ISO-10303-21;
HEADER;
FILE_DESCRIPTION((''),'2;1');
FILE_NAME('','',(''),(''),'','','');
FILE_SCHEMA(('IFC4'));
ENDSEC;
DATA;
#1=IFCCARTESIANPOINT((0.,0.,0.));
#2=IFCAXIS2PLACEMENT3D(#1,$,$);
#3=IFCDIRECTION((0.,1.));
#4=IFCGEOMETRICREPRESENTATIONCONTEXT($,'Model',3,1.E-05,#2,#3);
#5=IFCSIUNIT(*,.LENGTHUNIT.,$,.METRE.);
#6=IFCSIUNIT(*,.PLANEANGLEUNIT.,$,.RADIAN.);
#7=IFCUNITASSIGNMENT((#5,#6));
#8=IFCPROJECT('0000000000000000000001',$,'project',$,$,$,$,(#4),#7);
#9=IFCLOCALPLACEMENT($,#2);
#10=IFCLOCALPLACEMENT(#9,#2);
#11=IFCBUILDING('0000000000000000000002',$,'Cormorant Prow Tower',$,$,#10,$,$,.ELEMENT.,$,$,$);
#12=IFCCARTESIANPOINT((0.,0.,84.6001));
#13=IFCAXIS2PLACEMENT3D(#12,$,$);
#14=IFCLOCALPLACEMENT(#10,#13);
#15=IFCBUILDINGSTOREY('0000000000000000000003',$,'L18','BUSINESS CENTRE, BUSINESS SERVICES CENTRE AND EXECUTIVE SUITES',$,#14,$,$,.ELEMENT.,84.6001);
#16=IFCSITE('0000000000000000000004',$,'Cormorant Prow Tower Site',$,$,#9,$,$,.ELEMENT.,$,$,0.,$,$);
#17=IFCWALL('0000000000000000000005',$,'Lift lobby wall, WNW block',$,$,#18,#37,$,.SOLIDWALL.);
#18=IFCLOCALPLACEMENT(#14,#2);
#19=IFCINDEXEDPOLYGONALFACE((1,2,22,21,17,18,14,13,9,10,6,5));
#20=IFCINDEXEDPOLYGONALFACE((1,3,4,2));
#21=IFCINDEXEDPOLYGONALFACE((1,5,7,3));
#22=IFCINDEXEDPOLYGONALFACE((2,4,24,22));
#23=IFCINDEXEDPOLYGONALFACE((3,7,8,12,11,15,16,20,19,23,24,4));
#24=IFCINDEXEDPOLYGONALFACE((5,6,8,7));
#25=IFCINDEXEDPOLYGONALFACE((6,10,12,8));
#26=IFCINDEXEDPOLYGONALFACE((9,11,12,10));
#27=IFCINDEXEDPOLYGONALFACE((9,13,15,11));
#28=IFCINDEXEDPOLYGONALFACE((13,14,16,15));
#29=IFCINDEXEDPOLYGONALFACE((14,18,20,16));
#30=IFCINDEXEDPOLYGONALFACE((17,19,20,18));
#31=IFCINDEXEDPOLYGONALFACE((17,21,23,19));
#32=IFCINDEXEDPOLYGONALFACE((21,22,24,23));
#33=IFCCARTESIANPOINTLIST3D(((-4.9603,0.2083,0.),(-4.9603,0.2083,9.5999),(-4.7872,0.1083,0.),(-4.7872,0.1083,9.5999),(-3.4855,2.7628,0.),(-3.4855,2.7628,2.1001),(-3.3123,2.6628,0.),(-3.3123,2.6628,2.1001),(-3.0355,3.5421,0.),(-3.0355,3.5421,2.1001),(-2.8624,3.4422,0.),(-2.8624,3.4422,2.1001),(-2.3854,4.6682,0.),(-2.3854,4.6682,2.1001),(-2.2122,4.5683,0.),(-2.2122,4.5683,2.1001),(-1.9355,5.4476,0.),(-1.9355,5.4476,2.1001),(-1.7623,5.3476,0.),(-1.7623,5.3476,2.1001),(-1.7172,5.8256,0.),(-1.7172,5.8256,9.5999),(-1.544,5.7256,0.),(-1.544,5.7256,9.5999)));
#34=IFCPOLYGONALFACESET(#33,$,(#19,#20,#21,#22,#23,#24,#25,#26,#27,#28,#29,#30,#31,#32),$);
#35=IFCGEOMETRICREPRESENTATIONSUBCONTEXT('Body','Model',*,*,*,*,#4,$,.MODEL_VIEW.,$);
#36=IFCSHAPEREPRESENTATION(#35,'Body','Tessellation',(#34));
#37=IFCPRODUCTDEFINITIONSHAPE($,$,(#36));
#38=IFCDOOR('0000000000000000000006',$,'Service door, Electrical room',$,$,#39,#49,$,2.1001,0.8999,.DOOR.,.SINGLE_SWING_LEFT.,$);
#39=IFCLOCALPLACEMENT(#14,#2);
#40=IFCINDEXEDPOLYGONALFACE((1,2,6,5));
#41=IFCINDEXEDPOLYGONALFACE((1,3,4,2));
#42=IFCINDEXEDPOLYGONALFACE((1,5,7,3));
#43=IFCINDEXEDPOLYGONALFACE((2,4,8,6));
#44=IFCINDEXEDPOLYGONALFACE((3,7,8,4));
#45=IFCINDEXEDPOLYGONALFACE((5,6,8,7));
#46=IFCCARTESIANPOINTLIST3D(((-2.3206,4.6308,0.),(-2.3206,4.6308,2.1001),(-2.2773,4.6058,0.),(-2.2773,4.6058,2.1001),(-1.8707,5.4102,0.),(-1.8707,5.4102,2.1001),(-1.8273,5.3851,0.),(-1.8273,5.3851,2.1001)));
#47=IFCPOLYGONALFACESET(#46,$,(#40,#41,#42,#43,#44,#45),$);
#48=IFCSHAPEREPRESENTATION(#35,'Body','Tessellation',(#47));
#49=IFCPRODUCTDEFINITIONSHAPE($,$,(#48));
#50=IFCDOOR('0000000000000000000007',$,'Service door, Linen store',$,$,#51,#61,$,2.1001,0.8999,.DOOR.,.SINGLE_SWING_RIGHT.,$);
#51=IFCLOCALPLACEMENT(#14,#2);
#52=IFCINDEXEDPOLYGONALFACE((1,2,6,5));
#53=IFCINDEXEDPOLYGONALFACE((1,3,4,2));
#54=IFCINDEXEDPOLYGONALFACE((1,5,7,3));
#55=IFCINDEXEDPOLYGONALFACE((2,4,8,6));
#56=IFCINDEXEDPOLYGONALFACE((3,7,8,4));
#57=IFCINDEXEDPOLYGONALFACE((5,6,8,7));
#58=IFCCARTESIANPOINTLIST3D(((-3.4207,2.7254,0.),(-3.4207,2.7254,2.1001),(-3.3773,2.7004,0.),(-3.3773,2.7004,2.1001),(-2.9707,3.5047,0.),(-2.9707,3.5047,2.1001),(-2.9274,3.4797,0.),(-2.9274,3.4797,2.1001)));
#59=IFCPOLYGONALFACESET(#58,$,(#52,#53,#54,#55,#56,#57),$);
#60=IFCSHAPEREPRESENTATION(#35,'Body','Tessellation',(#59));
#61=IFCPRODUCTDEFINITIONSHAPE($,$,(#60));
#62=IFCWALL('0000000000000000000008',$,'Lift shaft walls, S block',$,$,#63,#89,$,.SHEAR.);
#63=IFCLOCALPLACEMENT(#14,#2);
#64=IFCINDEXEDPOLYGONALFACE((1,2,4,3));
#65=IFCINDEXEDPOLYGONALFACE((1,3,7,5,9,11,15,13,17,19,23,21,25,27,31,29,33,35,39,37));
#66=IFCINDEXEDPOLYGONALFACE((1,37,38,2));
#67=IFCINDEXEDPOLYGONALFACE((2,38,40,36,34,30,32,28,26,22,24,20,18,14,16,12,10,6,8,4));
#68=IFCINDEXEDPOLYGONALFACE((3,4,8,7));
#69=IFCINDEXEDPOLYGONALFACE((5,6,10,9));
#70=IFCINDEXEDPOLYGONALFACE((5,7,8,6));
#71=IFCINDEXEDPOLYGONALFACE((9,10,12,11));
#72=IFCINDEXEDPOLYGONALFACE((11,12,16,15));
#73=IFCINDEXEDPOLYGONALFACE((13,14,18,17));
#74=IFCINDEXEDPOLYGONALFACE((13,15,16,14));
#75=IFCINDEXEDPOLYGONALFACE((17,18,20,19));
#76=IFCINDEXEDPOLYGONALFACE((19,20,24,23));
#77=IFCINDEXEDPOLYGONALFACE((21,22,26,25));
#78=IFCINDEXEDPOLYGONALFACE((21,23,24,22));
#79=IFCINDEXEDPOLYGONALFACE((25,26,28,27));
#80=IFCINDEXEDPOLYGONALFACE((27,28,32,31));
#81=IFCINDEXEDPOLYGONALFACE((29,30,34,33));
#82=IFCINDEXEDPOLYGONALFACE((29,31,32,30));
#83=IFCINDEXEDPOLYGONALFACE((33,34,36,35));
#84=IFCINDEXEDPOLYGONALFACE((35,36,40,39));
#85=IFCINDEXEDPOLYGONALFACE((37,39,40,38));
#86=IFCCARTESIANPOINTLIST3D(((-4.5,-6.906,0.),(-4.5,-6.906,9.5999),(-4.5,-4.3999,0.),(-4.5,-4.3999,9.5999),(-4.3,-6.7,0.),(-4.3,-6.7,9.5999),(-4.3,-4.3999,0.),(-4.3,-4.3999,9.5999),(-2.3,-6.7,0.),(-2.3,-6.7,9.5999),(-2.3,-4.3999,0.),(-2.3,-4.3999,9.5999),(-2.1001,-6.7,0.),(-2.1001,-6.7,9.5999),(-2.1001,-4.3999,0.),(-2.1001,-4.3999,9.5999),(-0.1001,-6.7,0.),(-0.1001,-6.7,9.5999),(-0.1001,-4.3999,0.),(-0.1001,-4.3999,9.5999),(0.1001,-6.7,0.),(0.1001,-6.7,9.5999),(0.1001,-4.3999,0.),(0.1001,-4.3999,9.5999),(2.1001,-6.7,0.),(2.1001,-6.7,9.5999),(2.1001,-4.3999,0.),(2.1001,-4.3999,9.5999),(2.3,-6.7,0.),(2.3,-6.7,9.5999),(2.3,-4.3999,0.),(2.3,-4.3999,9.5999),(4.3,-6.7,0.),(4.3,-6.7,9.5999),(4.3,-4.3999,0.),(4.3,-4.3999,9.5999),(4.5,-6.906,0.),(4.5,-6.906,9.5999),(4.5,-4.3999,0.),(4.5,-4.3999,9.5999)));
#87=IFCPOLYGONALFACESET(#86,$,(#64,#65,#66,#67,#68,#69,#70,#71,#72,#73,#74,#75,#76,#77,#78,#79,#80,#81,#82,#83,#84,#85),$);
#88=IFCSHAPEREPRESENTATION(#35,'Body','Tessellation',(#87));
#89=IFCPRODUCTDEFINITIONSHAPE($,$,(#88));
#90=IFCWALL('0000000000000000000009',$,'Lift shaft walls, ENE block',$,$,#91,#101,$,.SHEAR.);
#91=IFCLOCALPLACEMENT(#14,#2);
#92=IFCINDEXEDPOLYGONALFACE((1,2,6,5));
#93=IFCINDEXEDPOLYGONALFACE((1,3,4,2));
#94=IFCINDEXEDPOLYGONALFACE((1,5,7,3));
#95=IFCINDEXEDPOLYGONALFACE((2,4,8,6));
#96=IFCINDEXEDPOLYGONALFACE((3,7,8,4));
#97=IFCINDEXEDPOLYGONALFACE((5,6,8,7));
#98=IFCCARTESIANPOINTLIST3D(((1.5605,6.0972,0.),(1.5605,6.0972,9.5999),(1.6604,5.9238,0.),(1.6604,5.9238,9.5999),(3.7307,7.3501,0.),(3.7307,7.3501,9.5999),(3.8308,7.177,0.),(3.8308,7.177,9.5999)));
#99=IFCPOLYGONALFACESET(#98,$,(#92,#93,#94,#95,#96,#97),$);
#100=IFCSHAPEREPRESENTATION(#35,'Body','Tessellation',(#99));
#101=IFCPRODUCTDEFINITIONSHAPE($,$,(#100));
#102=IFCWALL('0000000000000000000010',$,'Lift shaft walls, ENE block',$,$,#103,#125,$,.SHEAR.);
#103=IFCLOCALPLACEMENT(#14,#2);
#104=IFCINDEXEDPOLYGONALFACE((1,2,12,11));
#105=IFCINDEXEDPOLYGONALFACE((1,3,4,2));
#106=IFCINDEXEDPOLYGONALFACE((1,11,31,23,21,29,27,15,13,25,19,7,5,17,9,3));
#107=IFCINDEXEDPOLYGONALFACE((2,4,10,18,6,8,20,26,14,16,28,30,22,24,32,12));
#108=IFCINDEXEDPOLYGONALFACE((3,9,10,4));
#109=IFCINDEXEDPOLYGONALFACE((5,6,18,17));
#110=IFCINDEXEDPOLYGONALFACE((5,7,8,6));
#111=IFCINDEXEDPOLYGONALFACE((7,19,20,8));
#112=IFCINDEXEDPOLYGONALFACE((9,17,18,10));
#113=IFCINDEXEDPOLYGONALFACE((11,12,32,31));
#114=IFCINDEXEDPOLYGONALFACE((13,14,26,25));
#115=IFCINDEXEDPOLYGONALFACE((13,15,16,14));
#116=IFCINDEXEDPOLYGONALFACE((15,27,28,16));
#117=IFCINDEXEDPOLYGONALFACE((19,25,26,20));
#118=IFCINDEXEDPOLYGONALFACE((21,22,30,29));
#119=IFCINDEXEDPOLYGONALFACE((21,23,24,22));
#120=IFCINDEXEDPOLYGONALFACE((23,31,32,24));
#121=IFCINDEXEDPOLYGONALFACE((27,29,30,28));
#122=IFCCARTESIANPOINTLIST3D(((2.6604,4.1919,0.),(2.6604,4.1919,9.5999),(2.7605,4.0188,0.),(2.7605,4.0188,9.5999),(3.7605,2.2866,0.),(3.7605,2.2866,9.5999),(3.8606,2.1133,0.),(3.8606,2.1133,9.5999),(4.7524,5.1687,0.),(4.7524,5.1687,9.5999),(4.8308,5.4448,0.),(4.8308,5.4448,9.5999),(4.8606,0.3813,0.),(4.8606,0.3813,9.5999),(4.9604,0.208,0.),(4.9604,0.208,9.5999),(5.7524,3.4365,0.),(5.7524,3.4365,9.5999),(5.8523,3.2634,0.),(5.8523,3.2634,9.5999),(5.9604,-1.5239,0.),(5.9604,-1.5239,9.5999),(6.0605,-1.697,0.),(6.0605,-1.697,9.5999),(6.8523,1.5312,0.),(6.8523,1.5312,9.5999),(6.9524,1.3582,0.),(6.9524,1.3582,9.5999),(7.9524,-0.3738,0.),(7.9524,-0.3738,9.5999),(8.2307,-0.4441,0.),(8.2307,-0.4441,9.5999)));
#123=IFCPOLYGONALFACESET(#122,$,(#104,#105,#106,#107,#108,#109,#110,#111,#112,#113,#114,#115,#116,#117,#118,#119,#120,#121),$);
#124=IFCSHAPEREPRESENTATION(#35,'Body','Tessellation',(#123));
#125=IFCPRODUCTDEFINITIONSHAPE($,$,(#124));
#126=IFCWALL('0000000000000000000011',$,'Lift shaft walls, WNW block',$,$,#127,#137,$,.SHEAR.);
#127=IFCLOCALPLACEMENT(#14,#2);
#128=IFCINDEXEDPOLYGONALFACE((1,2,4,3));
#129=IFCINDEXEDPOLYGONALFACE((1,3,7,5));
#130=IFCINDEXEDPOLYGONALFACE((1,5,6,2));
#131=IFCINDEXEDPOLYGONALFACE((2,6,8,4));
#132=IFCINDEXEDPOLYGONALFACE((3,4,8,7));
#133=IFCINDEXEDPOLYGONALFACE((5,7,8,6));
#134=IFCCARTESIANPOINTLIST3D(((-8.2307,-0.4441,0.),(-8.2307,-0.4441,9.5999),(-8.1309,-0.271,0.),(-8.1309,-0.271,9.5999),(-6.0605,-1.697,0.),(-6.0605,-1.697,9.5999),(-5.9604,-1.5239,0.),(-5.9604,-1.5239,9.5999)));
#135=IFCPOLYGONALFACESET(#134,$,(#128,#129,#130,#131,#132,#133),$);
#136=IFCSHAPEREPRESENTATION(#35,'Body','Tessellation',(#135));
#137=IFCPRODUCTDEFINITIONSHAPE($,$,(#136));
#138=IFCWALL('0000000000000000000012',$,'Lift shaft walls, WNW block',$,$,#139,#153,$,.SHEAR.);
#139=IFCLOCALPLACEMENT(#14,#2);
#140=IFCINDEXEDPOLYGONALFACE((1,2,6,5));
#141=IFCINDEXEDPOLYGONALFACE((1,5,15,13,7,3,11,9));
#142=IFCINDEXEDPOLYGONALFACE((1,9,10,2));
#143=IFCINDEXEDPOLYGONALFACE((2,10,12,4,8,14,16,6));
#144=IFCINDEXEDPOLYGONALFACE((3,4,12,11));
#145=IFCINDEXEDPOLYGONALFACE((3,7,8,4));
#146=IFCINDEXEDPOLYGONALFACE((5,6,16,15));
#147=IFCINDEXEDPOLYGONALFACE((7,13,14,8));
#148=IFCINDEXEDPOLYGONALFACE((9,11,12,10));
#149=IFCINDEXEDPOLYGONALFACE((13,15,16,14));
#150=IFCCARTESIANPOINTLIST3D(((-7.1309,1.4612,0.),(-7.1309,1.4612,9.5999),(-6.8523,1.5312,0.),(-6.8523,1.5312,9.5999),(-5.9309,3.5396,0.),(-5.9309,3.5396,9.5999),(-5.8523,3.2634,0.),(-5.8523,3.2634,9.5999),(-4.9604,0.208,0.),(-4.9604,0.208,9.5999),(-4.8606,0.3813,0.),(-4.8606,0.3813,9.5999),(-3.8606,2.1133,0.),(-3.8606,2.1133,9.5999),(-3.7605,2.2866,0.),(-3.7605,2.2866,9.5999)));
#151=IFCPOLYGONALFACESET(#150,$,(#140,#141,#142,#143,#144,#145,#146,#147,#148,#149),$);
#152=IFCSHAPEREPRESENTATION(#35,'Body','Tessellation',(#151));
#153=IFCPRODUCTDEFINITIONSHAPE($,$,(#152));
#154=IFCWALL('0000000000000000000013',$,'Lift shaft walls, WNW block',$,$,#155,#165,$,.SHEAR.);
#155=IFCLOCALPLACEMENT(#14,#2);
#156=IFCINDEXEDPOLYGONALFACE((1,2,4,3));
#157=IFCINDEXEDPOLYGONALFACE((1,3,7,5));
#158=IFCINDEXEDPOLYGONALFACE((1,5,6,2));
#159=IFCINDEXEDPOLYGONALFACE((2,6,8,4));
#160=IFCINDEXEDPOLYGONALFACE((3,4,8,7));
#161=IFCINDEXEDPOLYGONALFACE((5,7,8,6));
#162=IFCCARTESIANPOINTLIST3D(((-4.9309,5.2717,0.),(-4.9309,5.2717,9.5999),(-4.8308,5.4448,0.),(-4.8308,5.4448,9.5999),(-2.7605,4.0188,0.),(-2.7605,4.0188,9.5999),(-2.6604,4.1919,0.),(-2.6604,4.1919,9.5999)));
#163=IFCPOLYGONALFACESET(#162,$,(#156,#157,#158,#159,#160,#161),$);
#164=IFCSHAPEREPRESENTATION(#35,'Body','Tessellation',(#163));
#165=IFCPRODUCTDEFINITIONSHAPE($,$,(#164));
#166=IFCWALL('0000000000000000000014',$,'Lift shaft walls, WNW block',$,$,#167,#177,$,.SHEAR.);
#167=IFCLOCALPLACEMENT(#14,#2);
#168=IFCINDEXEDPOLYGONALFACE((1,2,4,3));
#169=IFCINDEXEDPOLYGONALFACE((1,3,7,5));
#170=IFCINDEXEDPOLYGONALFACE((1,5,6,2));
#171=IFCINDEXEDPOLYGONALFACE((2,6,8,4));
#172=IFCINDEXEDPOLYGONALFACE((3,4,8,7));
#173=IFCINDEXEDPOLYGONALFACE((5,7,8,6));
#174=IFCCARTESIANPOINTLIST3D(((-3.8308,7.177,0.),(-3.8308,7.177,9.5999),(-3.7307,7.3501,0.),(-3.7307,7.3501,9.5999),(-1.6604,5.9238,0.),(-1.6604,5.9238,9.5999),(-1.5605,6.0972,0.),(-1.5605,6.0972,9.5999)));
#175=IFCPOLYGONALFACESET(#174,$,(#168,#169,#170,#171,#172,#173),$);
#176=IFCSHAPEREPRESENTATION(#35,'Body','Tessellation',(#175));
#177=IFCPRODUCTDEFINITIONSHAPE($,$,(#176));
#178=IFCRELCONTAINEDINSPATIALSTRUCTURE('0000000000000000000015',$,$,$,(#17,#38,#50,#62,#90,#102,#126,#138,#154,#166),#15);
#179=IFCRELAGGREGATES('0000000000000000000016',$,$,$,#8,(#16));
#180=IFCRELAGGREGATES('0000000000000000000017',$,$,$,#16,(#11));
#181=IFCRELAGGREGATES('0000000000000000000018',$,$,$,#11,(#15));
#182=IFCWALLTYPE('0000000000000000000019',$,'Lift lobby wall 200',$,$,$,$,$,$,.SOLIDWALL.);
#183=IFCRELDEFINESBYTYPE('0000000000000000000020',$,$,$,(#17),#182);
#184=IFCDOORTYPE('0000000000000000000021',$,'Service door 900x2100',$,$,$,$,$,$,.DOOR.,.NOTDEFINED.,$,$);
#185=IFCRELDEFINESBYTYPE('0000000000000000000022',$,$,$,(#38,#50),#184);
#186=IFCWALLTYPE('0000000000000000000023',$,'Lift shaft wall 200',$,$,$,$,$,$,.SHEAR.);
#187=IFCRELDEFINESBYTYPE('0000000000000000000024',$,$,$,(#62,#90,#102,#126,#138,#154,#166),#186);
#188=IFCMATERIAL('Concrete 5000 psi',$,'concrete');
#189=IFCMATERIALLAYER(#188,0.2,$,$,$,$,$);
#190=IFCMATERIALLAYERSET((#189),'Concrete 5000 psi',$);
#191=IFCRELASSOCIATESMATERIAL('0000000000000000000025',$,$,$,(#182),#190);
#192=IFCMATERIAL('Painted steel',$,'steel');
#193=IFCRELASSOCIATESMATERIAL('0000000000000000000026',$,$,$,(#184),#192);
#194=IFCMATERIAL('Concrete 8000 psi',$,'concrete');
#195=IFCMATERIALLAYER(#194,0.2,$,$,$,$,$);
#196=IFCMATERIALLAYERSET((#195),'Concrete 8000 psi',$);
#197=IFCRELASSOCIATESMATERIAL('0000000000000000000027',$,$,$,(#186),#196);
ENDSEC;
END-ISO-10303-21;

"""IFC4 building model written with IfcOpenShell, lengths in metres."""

from ifc_helpers import new_model, si_unit, direction, frame, frame_2d, origin, place, context, subcontext, project, spatial, polyline, rectangle, outline, extrude, material, layer, layer_set, type_object, element, fill, save


model = new_model("IFC4")

# Units and contexts
model_context = context("Model", 3, precision=1e-05, world=origin(), true_north=direction((0.0, 1.0)))
body_context = subcontext(model_context, "Body", "Model", "MODEL_VIEW")
ifc_project = project(units=[si_unit("LENGTHUNIT", "METRE"), si_unit("PLANEANGLEUNIT", "RADIAN")], contexts=[model_context])

# Site, building, storey
site_placement = place(None, origin())
site = spatial("IfcSite", under=ifc_project, at=site_placement, Name="Cormorant Prow Tower Site", CompositionType="ELEMENT", RefElevation=0.0)
building_placement = place(site_placement, origin())
building = spatial("IfcBuilding", under=site, at=building_placement, Name="Cormorant Prow Tower", CompositionType="ELEMENT")
storey_placement = place(building_placement, frame((0.0, 0.0, 84.6001)))
storey = spatial("IfcBuildingStorey", under=building, at=storey_placement, Name="L18", Description="BUSINESS CENTRE, BUSINESS SERVICES CENTRE AND EXECUTIVE SUITES", CompositionType="ELEMENT", Elevation=84.6001)

# Wall, openings, doors
ifc_material_1 = material(Name="Concrete 5000 psi", Category="concrete")
ifc_layer_1 = layer(ifc_material_1, 0.2)
ifc_layer_set_1 = layer_set([ifc_layer_1], Name="Concrete 5000 psi")
wall_type_1 = type_object("IfcWallType", Name="Lift lobby wall 200", PredefinedType="SOLIDWALL", material=ifc_layer_set_1)
wall_1_placement = place(storey_placement, frame((-1.6306, 5.7756, 0.0), z_axis=(0.0, 0.0, 1.0), x_axis=(-0.499993, -0.86603, 0.0)))
wall_1 = element("IfcWall", 1, at=wall_1_placement, inside=storey, type_object=wall_type_1, Name="Lift lobby wall, WNW block", PredefinedType="SOLIDWALL", context=body_context, shape_type="SweptSolid", body=[
    extrude(rectangle(XDim=6.4863, YDim=0.2, at=frame_2d((3.2432, 0.0))), origin(), (0.0, 0.0, 1.0), 9.5999),
])
opening_1_placement = place(wall_1_placement, frame((0.4365, 0.0, 0.0)))
opening_1 = element("IfcOpeningElement", 2, at=opening_1_placement, cuts=wall_1, PredefinedType="OPENING", context=body_context, shape_type="SweptSolid", body=[
    extrude(rectangle(XDim=0.8999, YDim=2.1001, at=frame_2d((0.45, 1.05))), frame((0.0, 0.1099, 0.0), z_axis=(0.0, -1.0, 0.0), x_axis=(1.0, 0.0, 0.0)), (0.0, 0.0, 1.0), 0.22),
])
opening_2_placement = place(wall_1_placement, frame((2.6367, 0.0, 0.0)))
opening_2 = element("IfcOpeningElement", 3, at=opening_2_placement, cuts=wall_1, PredefinedType="OPENING", context=body_context, shape_type="SweptSolid", body=[
    extrude(rectangle(XDim=0.8999, YDim=2.1001, at=frame_2d((0.45, 1.05))), frame((0.0, 0.1099, 0.0), z_axis=(0.0, -1.0, 0.0), x_axis=(1.0, 0.0, 0.0)), (0.0, 0.0, 1.0), 0.22),
])
ifc_material_2 = material(Name="Painted steel", Category="steel")
door_type_1 = type_object("IfcDoorType", Name="Service door 900x2100", OperationType="NOTDEFINED", PredefinedType="DOOR", material=ifc_material_2)
door_1_placement = place(opening_1_placement, origin())
door_1 = element("IfcDoor", 4, at=door_1_placement, inside=storey, type_object=door_type_1, Name="Service door, Electrical room", OperationType="SINGLE_SWING_LEFT", OverallHeight=2.1001, OverallWidth=0.8999, PredefinedType="DOOR", context=body_context, shape_type="SweptSolid", body=[
    extrude(rectangle(XDim=0.8999, YDim=2.1001, at=frame_2d((0.45, 1.05))), frame((0.0, 0.0249, 0.0), z_axis=(0.0, -1.0, 0.0), x_axis=(1.0, 0.0, 0.0)), (0.0, 0.0, 1.0), 0.05),
])
fill(opening_1, door_1)
door_2_placement = place(opening_2_placement, origin())
door_2 = element("IfcDoor", 5, at=door_2_placement, inside=storey, type_object=door_type_1, Name="Service door, Linen store", OperationType="SINGLE_SWING_RIGHT", OverallHeight=2.1001, OverallWidth=0.8999, PredefinedType="DOOR", context=body_context, shape_type="SweptSolid", body=[
    extrude(rectangle(XDim=0.8999, YDim=2.1001, at=frame_2d((0.45, 1.05))), frame((0.0, 0.0249, 0.0), z_axis=(0.0, -1.0, 0.0), x_axis=(1.0, 0.0, 0.0)), (0.0, 0.0, 1.0), 0.05),
])
fill(opening_2, door_2)

# Walls
ifc_material_3 = material(Name="Concrete 8000 psi", Category="concrete")
ifc_layer_2 = layer(ifc_material_3, 0.2)
ifc_layer_set_2 = layer_set([ifc_layer_2], Name="Concrete 8000 psi")
wall_type_2 = type_object("IfcWallType", Name="Lift shaft wall 200", PredefinedType="SHEAR", material=ifc_layer_set_2)
wall_2_placement = place(storey_placement, origin())
element("IfcWall", 6, at=wall_2_placement, inside=storey, type_object=wall_type_2, Name="Lift shaft walls, S block", PredefinedType="SHEAR", context=body_context, shape_type="SweptSolid", body=[
    extrude(outline(polyline([(4.5, -4.3999), (4.5, -6.906), (-4.5, -6.906), (-4.5, -4.3999), (-4.3, -4.3999), (-4.3, -6.7), (-2.3, -6.7), (-2.3, -4.3999), (-2.1001, -4.3999), (-2.1001, -6.7), (-0.1001, -6.7), (-0.1001, -4.3999), (0.1001, -4.3999), (0.1001, -6.7), (2.1001, -6.7), (2.1001, -4.3999), (2.3, -4.3999), (2.3, -6.7), (4.3, -6.7), (4.3, -4.3999), (4.5, -4.3999)])), origin(), (0.0, 0.0, 1.0), 9.5999),
])
wall_3_placement = place(storey_placement, origin())
element("IfcWall", 7, at=wall_3_placement, inside=storey, type_object=wall_type_2, Name="Lift shaft walls, ENE block", PredefinedType="SHEAR", context=body_context, shape_type="SweptSolid", body=[
    extrude(outline(polyline([(1.5605, 6.0972), (3.7307, 7.3501), (3.8308, 7.177), (1.6604, 5.9238), (1.5605, 6.0972)])), origin(), (0.0, 0.0, 1.0), 9.5999),
])
wall_4_placement = place(storey_placement, origin())
element("IfcWall", 8, at=wall_4_placement, inside=storey, type_object=wall_type_2, Name="Lift shaft walls, ENE block", PredefinedType="SHEAR", context=body_context, shape_type="SweptSolid", body=[
    extrude(outline(polyline([(2.6604, 4.1919), (4.8308, 5.4448), (8.2307, -0.4441), (6.0605, -1.697), (5.9604, -1.5239), (7.9524, -0.3738), (6.9524, 1.3582), (4.9604, 0.208), (4.8606, 0.3813), (6.8523, 1.5312), (5.8523, 3.2634), (3.8606, 2.1133), (3.7605, 2.2866), (5.7524, 3.4365), (4.7524, 5.1687), (2.7605, 4.0188), (2.6604, 4.1919)])), origin(), (0.0, 0.0, 1.0), 9.5999),
])
wall_5_placement = place(storey_placement, origin())
element("IfcWall", 9, at=wall_5_placement, inside=storey, type_object=wall_type_2, Name="Lift shaft walls, WNW block", PredefinedType="SHEAR", context=body_context, shape_type="SweptSolid", body=[
    extrude(outline(polyline([(-6.0605, -1.697), (-8.2307, -0.4441), (-8.1309, -0.271), (-5.9604, -1.5239), (-6.0605, -1.697)])), origin(), (0.0, 0.0, 1.0), 9.5999),
])
wall_6_placement = place(storey_placement, origin())
element("IfcWall", 10, at=wall_6_placement, inside=storey, type_object=wall_type_2, Name="Lift shaft walls, WNW block", PredefinedType="SHEAR", context=body_context, shape_type="SweptSolid", body=[
    extrude(outline(polyline([(-4.9604, 0.208), (-7.1309, 1.4612), (-5.9309, 3.5396), (-3.7605, 2.2866), (-3.8606, 2.1133), (-5.8523, 3.2634), (-6.8523, 1.5312), (-4.8606, 0.3813), (-4.9604, 0.208)])), origin(), (0.0, 0.0, 1.0), 9.5999),
])
wall_7_placement = place(storey_placement, origin())
element("IfcWall", 11, at=wall_7_placement, inside=storey, type_object=wall_type_2, Name="Lift shaft walls, WNW block", PredefinedType="SHEAR", context=body_context, shape_type="SweptSolid", body=[
    extrude(outline(polyline([(-2.7605, 4.0188), (-4.9309, 5.2717), (-4.8308, 5.4448), (-2.6604, 4.1919), (-2.7605, 4.0188)])), origin(), (0.0, 0.0, 1.0), 9.5999),
])
wall_8_placement = place(storey_placement, origin())
element("IfcWall", 12, at=wall_8_placement, inside=storey, type_object=wall_type_2, Name="Lift shaft walls, WNW block", PredefinedType="SHEAR", context=body_context, shape_type="SweptSolid", body=[
    extrude(outline(polyline([(-3.7307, 7.3501), (-1.5605, 6.0972), (-1.6604, 5.9238), (-3.8308, 7.177), (-3.7307, 7.3501)])), origin(), (0.0, 0.0, 1.0), 9.5999),
])

save(model, "model.ifc")
